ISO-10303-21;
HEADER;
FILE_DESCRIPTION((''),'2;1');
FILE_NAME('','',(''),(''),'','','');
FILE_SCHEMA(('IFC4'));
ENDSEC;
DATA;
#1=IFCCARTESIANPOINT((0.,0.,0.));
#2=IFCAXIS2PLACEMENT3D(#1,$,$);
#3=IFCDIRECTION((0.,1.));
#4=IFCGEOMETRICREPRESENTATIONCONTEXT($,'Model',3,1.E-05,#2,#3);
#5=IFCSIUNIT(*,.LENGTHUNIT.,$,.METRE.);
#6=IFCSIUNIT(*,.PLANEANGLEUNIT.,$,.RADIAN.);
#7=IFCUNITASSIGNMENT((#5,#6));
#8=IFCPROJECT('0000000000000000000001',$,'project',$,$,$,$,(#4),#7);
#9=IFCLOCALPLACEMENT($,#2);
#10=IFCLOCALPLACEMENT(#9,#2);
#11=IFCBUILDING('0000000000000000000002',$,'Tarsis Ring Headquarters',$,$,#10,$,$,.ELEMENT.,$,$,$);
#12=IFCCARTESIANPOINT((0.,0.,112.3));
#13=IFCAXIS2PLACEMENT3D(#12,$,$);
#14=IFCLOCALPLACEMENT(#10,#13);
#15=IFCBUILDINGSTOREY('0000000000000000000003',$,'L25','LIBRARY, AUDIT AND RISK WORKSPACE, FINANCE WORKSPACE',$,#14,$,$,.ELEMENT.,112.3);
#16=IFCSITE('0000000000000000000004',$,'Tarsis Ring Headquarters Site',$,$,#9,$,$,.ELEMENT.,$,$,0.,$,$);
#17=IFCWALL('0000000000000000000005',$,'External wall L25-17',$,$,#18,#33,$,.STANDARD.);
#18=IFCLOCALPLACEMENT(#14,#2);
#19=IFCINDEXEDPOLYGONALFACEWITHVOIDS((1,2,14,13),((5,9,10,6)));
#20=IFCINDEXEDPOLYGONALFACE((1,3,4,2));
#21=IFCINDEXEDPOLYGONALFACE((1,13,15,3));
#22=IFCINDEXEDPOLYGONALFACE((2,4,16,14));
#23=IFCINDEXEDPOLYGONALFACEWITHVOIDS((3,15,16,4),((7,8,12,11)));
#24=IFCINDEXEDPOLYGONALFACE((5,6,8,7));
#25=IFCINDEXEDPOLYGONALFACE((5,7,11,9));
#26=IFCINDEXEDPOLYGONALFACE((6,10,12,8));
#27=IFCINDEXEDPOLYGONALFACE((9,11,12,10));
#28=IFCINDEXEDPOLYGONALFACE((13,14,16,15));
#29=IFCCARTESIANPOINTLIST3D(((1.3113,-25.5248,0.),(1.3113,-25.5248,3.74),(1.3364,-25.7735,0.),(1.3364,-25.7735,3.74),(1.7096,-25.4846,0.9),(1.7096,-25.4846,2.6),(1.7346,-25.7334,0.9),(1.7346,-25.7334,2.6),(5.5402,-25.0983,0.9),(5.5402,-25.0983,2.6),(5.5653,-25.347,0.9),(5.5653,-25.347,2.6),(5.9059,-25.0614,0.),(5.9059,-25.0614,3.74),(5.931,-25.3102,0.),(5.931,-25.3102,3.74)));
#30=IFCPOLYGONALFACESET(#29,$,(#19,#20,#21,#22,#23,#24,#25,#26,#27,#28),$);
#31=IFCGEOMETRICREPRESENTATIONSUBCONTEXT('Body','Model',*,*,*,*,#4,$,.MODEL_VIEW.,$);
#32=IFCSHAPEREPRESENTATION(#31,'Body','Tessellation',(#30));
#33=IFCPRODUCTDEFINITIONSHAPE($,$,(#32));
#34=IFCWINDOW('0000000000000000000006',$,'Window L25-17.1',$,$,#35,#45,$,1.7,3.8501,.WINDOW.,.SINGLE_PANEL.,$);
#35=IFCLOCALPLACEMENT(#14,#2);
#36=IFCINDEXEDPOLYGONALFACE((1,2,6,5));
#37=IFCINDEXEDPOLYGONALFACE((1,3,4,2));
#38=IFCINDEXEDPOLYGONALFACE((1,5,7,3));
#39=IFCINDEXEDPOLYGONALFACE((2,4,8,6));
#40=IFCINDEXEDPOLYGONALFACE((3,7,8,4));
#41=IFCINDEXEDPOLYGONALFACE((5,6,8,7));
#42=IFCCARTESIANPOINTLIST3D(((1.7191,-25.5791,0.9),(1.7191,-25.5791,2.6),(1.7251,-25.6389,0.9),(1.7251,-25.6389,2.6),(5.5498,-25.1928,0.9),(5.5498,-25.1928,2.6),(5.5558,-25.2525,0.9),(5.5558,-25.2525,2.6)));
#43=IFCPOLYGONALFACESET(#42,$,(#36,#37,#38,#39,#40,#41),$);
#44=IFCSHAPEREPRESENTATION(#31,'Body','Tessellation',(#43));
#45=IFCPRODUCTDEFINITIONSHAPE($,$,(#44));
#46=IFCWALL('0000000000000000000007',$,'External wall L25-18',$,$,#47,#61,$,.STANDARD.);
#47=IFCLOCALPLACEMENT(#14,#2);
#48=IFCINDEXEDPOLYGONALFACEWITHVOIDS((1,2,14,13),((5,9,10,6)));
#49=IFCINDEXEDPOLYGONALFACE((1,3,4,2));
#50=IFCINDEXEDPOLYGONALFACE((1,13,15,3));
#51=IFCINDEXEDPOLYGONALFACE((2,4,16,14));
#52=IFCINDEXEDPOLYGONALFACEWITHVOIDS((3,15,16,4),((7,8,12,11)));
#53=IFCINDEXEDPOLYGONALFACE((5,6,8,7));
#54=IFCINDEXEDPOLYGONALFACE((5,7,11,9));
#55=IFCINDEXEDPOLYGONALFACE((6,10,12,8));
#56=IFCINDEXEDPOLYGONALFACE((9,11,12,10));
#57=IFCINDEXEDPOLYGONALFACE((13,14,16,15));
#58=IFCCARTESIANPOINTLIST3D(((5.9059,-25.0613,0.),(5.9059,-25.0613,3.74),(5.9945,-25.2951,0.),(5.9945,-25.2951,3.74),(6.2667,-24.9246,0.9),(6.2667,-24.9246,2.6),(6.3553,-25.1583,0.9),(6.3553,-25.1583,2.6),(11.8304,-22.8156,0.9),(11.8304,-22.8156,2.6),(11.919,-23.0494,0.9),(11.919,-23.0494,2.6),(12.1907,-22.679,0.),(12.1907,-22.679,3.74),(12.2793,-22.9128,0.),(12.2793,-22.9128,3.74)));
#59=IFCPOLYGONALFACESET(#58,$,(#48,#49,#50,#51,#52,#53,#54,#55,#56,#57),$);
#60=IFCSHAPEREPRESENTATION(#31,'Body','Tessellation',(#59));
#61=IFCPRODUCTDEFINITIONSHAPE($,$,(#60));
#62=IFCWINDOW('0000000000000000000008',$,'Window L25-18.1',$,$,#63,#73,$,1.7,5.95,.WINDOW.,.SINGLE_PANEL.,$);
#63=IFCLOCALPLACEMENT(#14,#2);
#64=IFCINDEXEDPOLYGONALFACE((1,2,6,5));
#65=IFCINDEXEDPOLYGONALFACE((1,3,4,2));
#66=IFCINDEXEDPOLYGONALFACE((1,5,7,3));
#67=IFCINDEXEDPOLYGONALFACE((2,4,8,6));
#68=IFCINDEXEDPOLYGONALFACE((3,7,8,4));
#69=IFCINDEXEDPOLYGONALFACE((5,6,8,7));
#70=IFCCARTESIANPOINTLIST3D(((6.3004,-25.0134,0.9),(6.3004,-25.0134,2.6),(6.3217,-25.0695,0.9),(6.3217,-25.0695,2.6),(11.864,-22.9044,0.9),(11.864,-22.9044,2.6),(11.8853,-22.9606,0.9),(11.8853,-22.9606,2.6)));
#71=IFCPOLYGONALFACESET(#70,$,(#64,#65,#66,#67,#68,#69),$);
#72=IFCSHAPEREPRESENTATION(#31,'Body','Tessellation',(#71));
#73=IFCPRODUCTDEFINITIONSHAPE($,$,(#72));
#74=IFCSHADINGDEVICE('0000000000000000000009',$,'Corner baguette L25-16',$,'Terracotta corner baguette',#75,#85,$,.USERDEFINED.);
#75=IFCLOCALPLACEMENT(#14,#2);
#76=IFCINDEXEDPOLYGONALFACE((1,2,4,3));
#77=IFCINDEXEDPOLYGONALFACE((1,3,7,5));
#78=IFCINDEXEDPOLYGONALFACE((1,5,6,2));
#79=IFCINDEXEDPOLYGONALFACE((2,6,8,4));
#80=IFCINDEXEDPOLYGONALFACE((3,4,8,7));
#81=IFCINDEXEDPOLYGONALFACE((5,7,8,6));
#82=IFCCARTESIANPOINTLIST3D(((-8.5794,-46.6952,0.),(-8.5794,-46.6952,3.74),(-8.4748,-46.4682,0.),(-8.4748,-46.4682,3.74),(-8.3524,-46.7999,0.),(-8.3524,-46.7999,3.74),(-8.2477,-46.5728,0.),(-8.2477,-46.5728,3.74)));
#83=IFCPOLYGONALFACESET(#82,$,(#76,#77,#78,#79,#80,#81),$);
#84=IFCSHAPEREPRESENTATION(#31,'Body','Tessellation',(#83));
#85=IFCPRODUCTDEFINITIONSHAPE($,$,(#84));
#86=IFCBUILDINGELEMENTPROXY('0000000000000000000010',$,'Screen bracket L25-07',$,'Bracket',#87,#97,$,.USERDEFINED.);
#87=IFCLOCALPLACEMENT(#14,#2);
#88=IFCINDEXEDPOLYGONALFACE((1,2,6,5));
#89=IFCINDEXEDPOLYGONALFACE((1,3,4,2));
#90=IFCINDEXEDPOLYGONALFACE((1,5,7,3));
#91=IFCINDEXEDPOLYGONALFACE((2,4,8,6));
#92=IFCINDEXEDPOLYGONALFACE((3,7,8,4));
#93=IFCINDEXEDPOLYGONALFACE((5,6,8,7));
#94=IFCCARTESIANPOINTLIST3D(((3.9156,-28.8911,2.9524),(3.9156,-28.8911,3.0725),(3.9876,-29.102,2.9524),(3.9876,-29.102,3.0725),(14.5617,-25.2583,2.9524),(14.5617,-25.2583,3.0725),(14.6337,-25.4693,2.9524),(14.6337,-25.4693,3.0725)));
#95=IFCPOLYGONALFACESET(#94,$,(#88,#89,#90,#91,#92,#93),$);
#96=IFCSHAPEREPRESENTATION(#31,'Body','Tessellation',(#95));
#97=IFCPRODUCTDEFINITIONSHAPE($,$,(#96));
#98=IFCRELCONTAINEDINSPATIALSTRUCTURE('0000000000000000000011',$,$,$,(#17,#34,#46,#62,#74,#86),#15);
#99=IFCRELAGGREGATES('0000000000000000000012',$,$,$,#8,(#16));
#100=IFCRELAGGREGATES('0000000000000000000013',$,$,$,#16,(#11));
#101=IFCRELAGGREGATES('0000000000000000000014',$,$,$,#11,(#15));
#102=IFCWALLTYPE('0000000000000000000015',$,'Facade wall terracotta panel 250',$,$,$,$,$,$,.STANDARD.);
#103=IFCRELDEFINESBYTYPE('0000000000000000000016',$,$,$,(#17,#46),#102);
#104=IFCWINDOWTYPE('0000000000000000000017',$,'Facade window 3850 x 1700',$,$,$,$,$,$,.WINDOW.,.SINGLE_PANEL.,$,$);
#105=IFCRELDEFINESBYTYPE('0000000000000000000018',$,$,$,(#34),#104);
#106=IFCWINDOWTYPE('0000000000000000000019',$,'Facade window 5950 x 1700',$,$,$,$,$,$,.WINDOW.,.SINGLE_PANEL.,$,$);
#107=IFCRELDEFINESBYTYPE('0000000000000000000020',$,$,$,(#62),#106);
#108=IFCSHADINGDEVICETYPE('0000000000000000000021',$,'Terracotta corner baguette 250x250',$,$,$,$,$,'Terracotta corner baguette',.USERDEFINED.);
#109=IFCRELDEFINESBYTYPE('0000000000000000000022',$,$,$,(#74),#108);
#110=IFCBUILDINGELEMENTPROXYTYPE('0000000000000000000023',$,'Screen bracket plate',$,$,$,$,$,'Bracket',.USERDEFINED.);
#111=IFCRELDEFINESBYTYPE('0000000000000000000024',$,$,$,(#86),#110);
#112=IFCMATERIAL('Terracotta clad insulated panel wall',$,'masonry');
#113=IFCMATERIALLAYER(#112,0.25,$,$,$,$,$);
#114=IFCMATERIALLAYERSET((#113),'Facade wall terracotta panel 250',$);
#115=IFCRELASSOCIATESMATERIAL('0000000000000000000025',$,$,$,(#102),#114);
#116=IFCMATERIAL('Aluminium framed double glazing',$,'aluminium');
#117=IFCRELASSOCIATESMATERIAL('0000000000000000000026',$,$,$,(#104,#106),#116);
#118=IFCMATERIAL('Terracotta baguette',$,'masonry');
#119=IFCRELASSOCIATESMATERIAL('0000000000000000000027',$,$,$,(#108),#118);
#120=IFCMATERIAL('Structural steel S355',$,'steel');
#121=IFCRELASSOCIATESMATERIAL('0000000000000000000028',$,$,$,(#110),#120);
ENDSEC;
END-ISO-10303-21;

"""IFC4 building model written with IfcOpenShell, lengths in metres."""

from ifc_helpers import new_model, si_unit, direction, frame, frame_2d, origin, origin_2d, place, context, subcontext, project, spatial, rectangle, extrude, material, layer, layer_set, type_object, element, fill, save


model = new_model("IFC4")

# Units and contexts
model_context = context("Model", 3, precision=1e-05, world=origin(), true_north=direction((0.0, 1.0)))
body_context = subcontext(model_context, "Body", "Model", "MODEL_VIEW")
ifc_project = project(units=[si_unit("LENGTHUNIT", "METRE"), si_unit("PLANEANGLEUNIT", "RADIAN")], contexts=[model_context])

# Site, building, storey
site_placement = place(None, origin())
site = spatial("IfcSite", under=ifc_project, at=site_placement, Name="Tarsis Ring Headquarters Site", CompositionType="ELEMENT", RefElevation=0.0)
building_placement = place(site_placement, origin())
building = spatial("IfcBuilding", under=site, at=building_placement, Name="Tarsis Ring Headquarters", CompositionType="ELEMENT")
storey_placement = place(building_placement, frame((0.0, 0.0, 112.3)))
storey = spatial("IfcBuildingStorey", under=building, at=storey_placement, Name="L25", Description="LIBRARY, AUDIT AND RISK WORKSPACE, FINANCE WORKSPACE", CompositionType="ELEMENT", Elevation=112.3)

# Shared definitions
ifc_material_1 = material(Name="Structural steel S355", Category="steel")

# Shared definitions
ifc_material_2 = material(Name="Terracotta clad insulated panel wall", Category="masonry")
ifc_layer_1 = layer(ifc_material_2, 0.25)
ifc_layer_set_1 = layer_set([ifc_layer_1], Name="Facade wall terracotta panel 250")
wall_type_1 = type_object("IfcWallType", Name="Facade wall terracotta panel 250", PredefinedType="STANDARD", material=ifc_layer_set_1)
ifc_material_3 = material(Name="Aluminium framed double glazing", Category="aluminium")

# Walls, openings, windows
wall_1_placement = place(storey_placement, frame((1.3237, -25.6492, 0.0), z_axis=(0.0, 0.0, 1.0), x_axis=(0.994953, 0.100341, 0.0)))
wall_1 = element("IfcWall", 1, at=wall_1_placement, inside=storey, type_object=wall_type_1, Name="External wall L25-17", PredefinedType="STANDARD", context=body_context, shape_type="SweptSolid", body=[
    extrude(rectangle(XDim=4.6179, YDim=0.25, at=frame_2d((2.3091, 0.0))), origin(), (0.0, 0.0, 1.0), 3.74),
])
opening_1_placement = place(wall_1_placement, frame((0.4004, 0.0, 0.8999)))
opening_1 = element("IfcOpeningElement", 2, at=opening_1_placement, cuts=wall_1, PredefinedType="OPENING", context=body_context, shape_type="SweptSolid", body=[
    extrude(rectangle(XDim=3.8501, YDim=1.7, at=frame_2d((1.925, 0.8501))), frame((0.0, 0.135, 0.0), z_axis=(0.0, -1.0, 0.0), x_axis=(1.0, 0.0, 0.0)), (0.0, 0.0, 1.0), 0.27),
])
window_type_1 = type_object("IfcWindowType", Name="Facade window 3850 x 1700", PartitioningType="SINGLE_PANEL", PredefinedType="WINDOW", material=ifc_material_3)
window_1_placement = place(opening_1_placement, origin())
window_1 = element("IfcWindow", 3, at=window_1_placement, inside=storey, type_object=window_type_1, Name="Window L25-17.1", OverallHeight=1.7, OverallWidth=3.8501, PartitioningType="SINGLE_PANEL", PredefinedType="WINDOW", context=body_context, shape_type="SweptSolid", body=[
    extrude(rectangle(XDim=3.8501, YDim=1.7, at=frame_2d((1.925, 0.8501))), frame((0.0, 0.03, 0.0), z_axis=(0.0, -1.0, 0.0), x_axis=(1.0, 0.0, 0.0)), (0.0, 0.0, 1.0), 0.0601),
])
fill(opening_1, window_1)
wall_2_placement = place(storey_placement, frame((5.9502, -25.1782, 0.0), z_axis=(0.0, 0.0, 1.0), x_axis=(0.935077, 0.354445, 0.0)))
wall_2 = element("IfcWall", 4, at=wall_2_placement, inside=storey, type_object=wall_type_1, Name="External wall L25-18", PredefinedType="STANDARD", context=body_context, shape_type="SweptSolid", body=[
    extrude(rectangle(XDim=6.7212, YDim=0.25, at=frame_2d((3.3606, 0.0))), origin(), (0.0, 0.0, 1.0), 3.74),
])
opening_2_placement = place(wall_2_placement, frame((0.3857, 0.0, 0.8999)))
opening_2 = element("IfcOpeningElement", 5, at=opening_2_placement, cuts=wall_2, PredefinedType="OPENING", context=body_context, shape_type="SweptSolid", body=[
    extrude(rectangle(XDim=5.95, YDim=1.7, at=frame_2d((2.9751, 0.8501))), frame((0.0, 0.135, 0.0), z_axis=(0.0, -1.0, 0.0), x_axis=(1.0, 0.0, 0.0)), (0.0, 0.0, 1.0), 0.27),
])
window_type_2 = type_object("IfcWindowType", Name="Facade window 5950 x 1700", PartitioningType="SINGLE_PANEL", PredefinedType="WINDOW", material=ifc_material_3)
window_2_placement = place(opening_2_placement, origin())
window_2 = element("IfcWindow", 6, at=window_2_placement, inside=storey, type_object=window_type_2, Name="Window L25-18.1", OverallHeight=1.7, OverallWidth=5.95, PartitioningType="SINGLE_PANEL", PredefinedType="WINDOW", context=body_context, shape_type="SweptSolid", body=[
    extrude(rectangle(XDim=5.95, YDim=1.7, at=frame_2d((2.9751, 0.8501))), frame((0.0, 0.03, 0.0), z_axis=(0.0, -1.0, 0.0), x_axis=(1.0, 0.0, 0.0)), (0.0, 0.0, 1.0), 0.0601),
])
fill(opening_2, window_2)

# Shading device
ifc_material_4 = material(Name="Terracotta baguette", Category="masonry")
shading_device_type_1 = type_object("IfcShadingDeviceType", Name="Terracotta corner baguette 250x250", ElementType="Terracotta corner baguette", PredefinedType="USERDEFINED", material=ifc_material_4)
shading_device_1_placement = place(storey_placement, frame((-8.4136, -46.634, 0.0), z_axis=(0.0, 0.0, 1.0), x_axis=(0.908216, -0.418502, 0.0)))
element("IfcShadingDevice", 7, at=shading_device_1_placement, inside=storey, type_object=shading_device_type_1, Name="Corner baguette L25-16", ObjectType="Terracotta corner baguette", PredefinedType="USERDEFINED", context=body_context, shape_type="SweptSolid", body=[
    extrude(rectangle(XDim=0.25, YDim=0.25, at=origin_2d()), origin(), (0.0, 0.0, 1.0), 3.74),
])

# Building element proxy
building_element_proxy_type = type_object("IfcBuildingElementProxyType", Name="Screen bracket plate", ElementType="Bracket", PredefinedType="USERDEFINED", material=ifc_material_1)
proxy_placement = place(storey_placement, frame((9.2747, -27.1802, 2.9524), z_axis=(0.0, 0.0, 1.0), x_axis=(0.946417, 0.322948, 0.0)))
element("IfcBuildingElementProxy", 8, at=proxy_placement, inside=storey, type_object=building_element_proxy_type, Name="Screen bracket L25-07", ObjectType="Bracket", PredefinedType="USERDEFINED", context=body_context, shape_type="SweptSolid", body=[
    extrude(rectangle(XDim=11.2488, YDim=0.2229, at=origin_2d()), origin(), (0.0, 0.0, 1.0), 0.1201),
])

save(model, "model.ifc")
